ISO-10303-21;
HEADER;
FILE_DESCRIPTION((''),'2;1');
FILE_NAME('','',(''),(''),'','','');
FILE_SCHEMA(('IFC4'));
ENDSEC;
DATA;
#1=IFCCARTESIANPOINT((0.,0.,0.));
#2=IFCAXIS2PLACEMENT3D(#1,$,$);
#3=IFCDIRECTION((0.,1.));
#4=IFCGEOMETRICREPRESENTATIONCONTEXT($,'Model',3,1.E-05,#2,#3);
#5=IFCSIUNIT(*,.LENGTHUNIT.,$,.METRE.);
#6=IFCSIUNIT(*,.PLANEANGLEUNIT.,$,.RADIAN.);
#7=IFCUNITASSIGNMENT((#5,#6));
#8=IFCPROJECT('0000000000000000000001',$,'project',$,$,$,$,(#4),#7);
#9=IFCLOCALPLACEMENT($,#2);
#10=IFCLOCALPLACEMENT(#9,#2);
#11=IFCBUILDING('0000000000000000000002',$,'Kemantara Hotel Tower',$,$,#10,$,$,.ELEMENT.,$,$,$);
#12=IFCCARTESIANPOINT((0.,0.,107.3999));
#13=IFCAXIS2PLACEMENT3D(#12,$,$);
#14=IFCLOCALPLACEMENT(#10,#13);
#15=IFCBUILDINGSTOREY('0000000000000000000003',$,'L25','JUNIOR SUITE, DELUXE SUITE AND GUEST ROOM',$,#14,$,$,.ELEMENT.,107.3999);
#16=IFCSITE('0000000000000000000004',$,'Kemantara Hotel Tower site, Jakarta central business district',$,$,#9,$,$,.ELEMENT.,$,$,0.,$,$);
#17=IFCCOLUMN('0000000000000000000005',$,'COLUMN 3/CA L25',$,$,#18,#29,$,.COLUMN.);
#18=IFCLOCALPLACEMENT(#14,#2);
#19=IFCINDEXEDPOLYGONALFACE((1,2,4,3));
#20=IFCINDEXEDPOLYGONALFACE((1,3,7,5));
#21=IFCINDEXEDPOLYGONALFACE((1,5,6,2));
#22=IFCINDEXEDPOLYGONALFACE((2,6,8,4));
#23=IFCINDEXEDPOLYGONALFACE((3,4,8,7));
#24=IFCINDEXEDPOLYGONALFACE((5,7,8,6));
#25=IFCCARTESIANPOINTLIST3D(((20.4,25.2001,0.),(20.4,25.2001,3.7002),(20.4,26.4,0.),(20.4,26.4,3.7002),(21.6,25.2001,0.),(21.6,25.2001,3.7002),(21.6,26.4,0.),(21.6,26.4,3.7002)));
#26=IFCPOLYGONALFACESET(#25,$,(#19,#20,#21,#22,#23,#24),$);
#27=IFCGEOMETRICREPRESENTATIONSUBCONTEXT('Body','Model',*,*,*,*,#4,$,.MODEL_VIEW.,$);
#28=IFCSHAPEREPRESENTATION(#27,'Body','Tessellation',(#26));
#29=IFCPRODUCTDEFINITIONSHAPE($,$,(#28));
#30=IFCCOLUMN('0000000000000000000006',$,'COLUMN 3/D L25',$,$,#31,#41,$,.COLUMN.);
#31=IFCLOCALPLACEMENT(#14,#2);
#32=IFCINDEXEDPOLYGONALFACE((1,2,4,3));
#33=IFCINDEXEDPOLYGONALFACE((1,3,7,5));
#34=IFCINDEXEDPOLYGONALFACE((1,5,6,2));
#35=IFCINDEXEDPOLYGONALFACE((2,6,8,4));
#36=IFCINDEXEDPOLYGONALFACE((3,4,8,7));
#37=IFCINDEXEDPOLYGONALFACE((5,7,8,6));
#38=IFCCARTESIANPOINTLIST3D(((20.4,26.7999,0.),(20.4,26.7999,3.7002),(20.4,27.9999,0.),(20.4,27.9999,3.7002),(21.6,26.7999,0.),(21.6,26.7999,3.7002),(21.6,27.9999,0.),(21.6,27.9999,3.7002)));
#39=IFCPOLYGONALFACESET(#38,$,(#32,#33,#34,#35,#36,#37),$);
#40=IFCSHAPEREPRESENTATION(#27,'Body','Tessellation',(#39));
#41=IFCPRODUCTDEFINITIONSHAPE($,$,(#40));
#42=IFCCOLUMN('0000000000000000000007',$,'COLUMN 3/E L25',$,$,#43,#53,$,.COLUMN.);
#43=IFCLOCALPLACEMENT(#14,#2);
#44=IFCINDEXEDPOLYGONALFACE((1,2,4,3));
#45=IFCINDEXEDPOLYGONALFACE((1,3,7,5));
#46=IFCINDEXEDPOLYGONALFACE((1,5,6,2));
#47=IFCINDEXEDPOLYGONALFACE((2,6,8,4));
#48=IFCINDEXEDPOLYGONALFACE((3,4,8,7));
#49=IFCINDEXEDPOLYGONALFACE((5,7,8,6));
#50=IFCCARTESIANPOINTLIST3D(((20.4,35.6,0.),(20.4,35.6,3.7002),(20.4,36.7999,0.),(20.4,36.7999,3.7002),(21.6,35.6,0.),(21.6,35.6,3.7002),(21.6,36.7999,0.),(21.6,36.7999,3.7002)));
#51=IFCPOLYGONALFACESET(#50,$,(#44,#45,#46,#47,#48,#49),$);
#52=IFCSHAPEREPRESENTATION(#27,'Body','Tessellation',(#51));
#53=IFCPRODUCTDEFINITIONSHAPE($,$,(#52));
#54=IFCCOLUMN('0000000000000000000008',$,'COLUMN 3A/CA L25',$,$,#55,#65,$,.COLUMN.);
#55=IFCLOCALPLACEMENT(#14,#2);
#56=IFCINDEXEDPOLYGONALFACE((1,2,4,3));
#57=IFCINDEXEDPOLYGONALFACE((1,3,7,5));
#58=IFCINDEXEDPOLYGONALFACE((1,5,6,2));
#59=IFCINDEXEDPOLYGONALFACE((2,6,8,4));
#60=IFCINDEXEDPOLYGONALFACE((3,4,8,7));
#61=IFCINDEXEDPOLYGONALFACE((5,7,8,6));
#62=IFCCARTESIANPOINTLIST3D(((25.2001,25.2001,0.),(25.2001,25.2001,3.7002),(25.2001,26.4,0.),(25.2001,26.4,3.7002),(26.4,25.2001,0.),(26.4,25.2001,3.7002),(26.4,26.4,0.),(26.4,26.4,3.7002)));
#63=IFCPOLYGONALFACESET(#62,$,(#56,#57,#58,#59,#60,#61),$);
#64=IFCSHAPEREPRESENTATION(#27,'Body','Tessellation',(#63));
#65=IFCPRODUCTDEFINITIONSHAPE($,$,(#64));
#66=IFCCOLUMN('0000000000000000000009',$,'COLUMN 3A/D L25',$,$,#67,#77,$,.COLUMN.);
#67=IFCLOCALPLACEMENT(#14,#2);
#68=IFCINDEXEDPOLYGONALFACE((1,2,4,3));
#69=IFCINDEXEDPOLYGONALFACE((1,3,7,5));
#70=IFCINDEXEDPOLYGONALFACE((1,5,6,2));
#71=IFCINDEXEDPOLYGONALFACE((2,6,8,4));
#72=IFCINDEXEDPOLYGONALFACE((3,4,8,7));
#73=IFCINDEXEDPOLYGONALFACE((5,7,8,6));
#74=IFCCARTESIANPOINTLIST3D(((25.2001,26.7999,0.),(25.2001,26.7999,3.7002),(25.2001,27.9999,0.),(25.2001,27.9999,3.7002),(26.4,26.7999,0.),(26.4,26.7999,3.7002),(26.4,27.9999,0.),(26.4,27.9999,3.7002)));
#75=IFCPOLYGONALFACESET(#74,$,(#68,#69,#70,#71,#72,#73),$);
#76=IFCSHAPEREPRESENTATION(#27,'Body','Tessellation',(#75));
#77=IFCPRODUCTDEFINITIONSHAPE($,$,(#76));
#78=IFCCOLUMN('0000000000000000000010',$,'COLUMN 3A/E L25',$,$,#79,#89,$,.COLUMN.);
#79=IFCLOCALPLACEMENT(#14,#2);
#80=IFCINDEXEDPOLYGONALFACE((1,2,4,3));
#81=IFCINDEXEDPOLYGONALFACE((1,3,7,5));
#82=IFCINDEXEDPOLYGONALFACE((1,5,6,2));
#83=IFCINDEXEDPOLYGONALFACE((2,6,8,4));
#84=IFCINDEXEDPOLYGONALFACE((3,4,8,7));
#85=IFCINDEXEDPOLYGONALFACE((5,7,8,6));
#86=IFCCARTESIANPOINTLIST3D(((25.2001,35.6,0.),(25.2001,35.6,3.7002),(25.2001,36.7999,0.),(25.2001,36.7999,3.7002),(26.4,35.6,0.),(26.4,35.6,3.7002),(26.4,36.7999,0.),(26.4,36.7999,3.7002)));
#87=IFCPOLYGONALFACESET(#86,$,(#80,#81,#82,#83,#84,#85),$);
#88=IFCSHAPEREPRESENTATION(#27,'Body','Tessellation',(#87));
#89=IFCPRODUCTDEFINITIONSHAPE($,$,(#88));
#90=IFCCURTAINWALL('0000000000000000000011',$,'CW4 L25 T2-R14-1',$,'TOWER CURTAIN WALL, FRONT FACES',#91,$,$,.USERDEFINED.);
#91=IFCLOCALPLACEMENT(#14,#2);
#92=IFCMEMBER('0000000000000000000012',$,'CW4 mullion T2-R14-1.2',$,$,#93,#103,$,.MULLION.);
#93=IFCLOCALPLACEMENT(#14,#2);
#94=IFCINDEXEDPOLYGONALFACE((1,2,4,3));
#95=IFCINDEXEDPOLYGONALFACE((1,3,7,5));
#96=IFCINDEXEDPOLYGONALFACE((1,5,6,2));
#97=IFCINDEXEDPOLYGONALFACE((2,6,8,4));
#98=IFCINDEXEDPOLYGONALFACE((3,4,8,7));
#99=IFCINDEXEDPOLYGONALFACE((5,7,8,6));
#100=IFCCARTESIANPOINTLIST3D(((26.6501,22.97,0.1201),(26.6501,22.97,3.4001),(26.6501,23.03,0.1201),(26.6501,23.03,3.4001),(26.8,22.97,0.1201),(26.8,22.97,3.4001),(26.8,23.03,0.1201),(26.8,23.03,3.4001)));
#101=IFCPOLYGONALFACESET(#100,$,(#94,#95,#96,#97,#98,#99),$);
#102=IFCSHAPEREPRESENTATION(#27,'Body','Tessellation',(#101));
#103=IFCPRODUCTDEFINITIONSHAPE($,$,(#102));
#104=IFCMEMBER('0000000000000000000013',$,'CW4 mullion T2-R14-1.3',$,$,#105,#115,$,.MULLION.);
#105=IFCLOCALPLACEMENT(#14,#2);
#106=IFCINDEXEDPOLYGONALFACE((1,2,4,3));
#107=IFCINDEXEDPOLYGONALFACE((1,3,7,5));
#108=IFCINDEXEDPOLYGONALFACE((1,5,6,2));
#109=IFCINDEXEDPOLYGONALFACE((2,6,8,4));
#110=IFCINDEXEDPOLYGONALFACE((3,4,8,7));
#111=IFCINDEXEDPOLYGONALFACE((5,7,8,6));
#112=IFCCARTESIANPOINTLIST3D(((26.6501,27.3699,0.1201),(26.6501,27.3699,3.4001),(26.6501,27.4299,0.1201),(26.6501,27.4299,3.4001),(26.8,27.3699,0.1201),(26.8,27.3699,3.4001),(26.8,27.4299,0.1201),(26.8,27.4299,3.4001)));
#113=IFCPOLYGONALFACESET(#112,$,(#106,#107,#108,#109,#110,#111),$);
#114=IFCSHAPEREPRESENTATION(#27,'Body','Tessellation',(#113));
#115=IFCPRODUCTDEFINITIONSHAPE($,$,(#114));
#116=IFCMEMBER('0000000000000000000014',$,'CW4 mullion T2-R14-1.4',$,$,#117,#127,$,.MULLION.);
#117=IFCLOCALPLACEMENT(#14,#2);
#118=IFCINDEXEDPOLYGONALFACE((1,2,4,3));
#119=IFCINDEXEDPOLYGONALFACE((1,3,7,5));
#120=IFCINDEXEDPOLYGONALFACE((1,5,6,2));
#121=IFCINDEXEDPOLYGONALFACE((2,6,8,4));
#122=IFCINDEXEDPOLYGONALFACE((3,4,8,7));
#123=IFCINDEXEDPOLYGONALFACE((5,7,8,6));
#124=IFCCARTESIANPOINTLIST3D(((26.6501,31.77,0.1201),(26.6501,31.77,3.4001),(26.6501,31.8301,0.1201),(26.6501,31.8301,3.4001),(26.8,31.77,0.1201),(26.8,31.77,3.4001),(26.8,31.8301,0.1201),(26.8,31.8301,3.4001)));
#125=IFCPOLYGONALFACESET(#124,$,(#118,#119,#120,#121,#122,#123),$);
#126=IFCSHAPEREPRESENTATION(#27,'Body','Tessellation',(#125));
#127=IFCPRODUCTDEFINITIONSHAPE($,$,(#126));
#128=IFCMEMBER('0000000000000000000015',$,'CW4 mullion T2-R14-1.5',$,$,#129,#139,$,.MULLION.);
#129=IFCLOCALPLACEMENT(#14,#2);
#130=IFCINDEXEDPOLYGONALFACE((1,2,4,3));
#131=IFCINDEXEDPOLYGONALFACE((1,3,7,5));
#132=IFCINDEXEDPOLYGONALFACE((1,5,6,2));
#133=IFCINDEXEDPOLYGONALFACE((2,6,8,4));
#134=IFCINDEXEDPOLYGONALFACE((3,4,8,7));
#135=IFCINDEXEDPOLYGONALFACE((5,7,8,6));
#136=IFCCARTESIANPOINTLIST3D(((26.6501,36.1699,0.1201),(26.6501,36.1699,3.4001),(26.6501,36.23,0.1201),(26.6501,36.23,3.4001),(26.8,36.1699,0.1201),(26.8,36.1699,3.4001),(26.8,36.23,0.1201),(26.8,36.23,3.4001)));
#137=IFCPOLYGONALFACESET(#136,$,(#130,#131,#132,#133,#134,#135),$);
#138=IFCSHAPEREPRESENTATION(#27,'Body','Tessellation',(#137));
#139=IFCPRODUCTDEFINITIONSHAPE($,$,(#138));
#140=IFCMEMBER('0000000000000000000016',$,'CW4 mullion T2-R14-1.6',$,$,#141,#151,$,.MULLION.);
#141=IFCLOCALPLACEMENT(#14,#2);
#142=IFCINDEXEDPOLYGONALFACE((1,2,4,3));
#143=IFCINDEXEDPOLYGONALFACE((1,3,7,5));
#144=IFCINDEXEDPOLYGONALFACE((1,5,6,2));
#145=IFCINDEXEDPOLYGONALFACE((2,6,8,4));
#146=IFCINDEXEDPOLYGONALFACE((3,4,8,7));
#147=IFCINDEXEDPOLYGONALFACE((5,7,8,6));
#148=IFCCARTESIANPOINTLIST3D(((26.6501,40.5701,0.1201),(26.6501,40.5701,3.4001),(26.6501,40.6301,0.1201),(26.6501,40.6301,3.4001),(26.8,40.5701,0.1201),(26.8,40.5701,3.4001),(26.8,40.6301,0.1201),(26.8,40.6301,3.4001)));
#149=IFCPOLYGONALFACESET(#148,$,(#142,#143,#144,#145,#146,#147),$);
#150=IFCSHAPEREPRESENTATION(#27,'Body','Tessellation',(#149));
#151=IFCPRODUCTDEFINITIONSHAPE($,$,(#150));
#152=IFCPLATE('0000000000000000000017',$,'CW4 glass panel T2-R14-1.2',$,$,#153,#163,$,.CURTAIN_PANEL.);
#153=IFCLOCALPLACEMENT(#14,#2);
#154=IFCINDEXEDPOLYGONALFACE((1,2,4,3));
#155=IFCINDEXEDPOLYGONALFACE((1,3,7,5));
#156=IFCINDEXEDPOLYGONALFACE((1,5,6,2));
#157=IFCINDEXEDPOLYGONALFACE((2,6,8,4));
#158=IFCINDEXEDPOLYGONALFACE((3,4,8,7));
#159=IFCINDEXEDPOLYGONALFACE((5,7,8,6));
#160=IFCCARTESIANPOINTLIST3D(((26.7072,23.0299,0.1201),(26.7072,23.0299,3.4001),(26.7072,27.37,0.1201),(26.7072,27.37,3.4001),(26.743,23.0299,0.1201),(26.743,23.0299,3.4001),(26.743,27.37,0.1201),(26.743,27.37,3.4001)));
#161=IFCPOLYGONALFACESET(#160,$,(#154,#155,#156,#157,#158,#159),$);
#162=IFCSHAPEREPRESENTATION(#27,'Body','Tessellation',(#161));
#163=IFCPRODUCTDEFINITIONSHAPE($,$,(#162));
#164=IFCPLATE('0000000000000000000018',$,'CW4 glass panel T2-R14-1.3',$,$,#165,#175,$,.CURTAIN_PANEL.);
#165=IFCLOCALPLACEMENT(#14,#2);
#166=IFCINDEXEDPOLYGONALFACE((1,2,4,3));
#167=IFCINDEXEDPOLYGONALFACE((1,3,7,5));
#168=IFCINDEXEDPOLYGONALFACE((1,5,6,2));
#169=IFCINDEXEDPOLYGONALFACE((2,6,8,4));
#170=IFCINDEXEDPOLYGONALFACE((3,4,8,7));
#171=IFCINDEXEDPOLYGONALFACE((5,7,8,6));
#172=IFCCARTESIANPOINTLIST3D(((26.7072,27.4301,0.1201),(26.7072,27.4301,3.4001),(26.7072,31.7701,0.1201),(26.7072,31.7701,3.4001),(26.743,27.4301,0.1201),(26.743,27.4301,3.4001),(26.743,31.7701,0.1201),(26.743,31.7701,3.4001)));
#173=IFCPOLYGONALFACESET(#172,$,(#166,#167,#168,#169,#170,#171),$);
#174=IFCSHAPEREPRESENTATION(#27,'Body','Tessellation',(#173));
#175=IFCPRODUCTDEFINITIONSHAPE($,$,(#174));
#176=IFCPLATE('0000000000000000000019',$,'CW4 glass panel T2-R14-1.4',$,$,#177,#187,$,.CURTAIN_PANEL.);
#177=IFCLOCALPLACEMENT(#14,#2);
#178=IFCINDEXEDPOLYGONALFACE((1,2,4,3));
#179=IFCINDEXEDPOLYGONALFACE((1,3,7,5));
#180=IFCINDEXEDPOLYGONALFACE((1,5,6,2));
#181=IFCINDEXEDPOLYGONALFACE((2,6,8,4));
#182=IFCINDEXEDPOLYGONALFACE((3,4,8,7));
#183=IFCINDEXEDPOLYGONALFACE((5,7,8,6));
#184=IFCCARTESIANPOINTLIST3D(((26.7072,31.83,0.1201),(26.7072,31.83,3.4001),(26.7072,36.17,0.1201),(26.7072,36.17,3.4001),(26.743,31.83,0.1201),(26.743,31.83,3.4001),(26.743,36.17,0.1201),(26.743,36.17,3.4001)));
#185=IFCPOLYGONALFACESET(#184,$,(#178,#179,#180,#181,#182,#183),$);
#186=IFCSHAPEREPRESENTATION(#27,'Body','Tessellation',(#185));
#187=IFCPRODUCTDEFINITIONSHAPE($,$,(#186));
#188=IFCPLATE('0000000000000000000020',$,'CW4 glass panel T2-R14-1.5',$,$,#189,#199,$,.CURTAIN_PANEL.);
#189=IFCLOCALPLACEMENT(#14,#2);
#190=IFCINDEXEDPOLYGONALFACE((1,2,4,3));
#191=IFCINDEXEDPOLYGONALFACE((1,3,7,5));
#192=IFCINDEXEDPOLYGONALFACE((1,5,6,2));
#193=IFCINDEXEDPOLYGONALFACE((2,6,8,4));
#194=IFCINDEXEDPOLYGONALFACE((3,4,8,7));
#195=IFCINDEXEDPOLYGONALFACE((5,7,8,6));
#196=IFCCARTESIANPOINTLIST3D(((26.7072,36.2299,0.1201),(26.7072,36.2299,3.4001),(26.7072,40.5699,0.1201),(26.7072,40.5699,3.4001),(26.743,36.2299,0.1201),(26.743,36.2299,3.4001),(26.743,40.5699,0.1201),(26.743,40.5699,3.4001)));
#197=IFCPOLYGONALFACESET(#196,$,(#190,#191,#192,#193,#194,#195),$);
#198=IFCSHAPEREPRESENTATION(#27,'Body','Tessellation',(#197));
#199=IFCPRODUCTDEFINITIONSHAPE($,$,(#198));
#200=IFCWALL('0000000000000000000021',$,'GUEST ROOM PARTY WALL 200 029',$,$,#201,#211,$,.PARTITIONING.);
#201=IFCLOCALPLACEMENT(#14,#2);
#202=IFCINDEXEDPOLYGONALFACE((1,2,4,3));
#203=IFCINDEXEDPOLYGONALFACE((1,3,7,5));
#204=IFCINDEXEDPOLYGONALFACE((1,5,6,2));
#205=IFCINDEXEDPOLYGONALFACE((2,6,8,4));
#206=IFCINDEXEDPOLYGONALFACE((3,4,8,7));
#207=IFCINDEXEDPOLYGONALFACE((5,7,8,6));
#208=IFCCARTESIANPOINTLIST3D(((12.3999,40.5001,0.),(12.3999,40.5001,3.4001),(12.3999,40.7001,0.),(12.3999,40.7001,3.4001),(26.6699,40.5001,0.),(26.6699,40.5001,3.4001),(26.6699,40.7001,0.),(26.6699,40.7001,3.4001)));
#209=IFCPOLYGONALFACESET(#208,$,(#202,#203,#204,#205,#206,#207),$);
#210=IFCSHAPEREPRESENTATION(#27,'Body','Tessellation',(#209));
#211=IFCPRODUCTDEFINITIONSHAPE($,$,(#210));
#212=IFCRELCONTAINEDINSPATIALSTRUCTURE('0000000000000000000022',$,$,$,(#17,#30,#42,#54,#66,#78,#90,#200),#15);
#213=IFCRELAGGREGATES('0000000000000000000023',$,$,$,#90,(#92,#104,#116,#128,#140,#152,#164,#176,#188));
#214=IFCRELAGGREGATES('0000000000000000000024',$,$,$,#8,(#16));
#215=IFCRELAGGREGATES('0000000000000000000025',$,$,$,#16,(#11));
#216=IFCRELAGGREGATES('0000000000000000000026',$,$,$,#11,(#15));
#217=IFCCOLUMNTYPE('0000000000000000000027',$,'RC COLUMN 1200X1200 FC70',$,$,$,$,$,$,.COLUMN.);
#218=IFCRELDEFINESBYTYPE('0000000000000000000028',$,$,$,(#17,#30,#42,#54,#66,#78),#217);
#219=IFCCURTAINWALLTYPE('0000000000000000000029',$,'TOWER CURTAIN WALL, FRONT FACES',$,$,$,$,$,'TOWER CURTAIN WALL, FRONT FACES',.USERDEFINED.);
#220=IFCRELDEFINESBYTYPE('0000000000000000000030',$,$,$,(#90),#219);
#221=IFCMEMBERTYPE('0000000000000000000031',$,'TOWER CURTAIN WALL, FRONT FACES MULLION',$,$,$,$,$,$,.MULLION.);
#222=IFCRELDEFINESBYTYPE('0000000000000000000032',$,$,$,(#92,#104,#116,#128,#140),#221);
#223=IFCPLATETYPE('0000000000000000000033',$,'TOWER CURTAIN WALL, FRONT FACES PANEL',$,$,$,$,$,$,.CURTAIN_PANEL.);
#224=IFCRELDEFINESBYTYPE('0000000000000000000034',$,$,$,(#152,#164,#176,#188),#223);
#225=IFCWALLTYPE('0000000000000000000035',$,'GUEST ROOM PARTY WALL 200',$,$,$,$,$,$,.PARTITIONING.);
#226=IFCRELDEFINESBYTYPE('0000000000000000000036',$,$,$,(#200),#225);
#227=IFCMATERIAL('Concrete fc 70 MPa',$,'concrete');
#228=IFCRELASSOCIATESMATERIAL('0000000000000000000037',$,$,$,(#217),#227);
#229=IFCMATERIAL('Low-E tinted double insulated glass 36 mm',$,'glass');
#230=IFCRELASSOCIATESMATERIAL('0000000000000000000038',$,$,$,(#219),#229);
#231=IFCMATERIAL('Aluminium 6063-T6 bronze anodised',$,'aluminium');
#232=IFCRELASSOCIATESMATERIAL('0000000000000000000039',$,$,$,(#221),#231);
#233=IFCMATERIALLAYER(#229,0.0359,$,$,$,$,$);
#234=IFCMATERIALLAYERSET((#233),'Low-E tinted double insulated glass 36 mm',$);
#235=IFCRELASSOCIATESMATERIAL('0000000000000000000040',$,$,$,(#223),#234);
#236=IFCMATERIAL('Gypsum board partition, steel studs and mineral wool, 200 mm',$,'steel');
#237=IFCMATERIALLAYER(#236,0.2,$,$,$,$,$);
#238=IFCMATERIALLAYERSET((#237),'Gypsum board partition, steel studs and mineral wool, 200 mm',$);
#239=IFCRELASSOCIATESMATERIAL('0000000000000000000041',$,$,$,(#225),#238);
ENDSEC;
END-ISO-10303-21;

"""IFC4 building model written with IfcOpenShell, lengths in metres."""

from ifc_helpers import new_model, si_unit, direction, frame, frame_2d, origin, origin_2d, place, context, subcontext, project, spatial, rectangle, extrude, source, transform, mapped, material, layer, layer_set, material_profile, profile_set, type_object, element, aggregate, save


model = new_model("IFC4")

# Units and contexts
model_context = context("Model", 3, precision=1e-05, world=origin(), true_north=direction((0.0, 1.0)))
body_context = subcontext(model_context, "Body", "Model", "MODEL_VIEW")
ifc_project = project(units=[si_unit("LENGTHUNIT", "METRE"), si_unit("PLANEANGLEUNIT", "RADIAN")], contexts=[model_context])

# Site, building, storey
site_placement = place(None, origin())
site = spatial("IfcSite", under=ifc_project, at=site_placement, Name="Kemantara Hotel Tower site, Jakarta central business district", CompositionType="ELEMENT", RefElevation=0.0)
building_placement = place(site_placement, origin())
building = spatial("IfcBuilding", under=site, at=building_placement, Name="Kemantara Hotel Tower", CompositionType="ELEMENT")
storey_placement = place(building_placement, frame((0.0, 0.0, 107.3999)))
storey = spatial("IfcBuildingStorey", under=building, at=storey_placement, Name="L25", Description="JUNIOR SUITE, DELUXE SUITE AND GUEST ROOM", CompositionType="ELEMENT", Elevation=107.3999)

# Columns
ifc_material_1 = material(Name="Concrete fc 70 MPa", Category="concrete")
ifc_material_profile_1 = material_profile(ifc_material_1, rectangle(XDim=1.2, YDim=1.2, at=origin_2d()), Name="RC 1200X1200")
ifc_profile_set_1 = profile_set([ifc_material_profile_1], Name="Concrete fc 70 MPa")
column_type = type_object("IfcColumnType", Name="RC COLUMN 1200X1200 FC70", PredefinedType="COLUMN", material=ifc_profile_set_1)
for number, where, z_axis, x_axis, name in (
    (1, (21.0, 25.8, 0.0), (0.0, 0.0, 1.0), (1.0, 0.0, 0.0), "COLUMN 3/CA L25"),
    (2, (21.0, 27.3999, 0.0), (0.0, 0.0, 1.0), (1.0, 0.0, 0.0), "COLUMN 3/D L25"),
    (3, (21.0, 36.2, 0.0), (0.0, 0.0, 1.0), (1.0, 0.0, 0.0), "COLUMN 3/E L25"),
    (4, (25.8, 25.8, 0.0), (0.0, 0.0, 1.0), (1.0, 0.0, 0.0), "COLUMN 3A/CA L25"),
    (5, (25.8, 27.3999, 0.0), (0.0, 0.0, 1.0), (1.0, 0.0, 0.0), "COLUMN 3A/D L25"),
    (6, (25.8, 36.2, 0.0), (0.0, 0.0, 1.0), (1.0, 0.0, 0.0), "COLUMN 3A/E L25"),
):
    element("IfcColumn", number, at=place(storey_placement, frame(where, z_axis=z_axis, x_axis=x_axis)), inside=storey, type_object=column_type, Name=name, PredefinedType="COLUMN", context=body_context, shape_type="SweptSolid", body=[
        extrude(rectangle(XDim=1.2, YDim=1.2, at=origin_2d()), origin(), (0.0, 0.0, 1.0), 3.7002),
    ])

# Curtain wall, members, plates
ifc_material_2 = material(Name="Low-E tinted double insulated glass 36 mm", Category="glass")
curtain_wall_type = type_object("IfcCurtainWallType", Name="TOWER CURTAIN WALL, FRONT FACES", ElementType="TOWER CURTAIN WALL, FRONT FACES", PredefinedType="USERDEFINED", material=ifc_material_2)
curtain_wall_placement = place(storey_placement, origin())
curtain_wall = element("IfcCurtainWall", 7, at=curtain_wall_placement, inside=storey, type_object=curtain_wall_type, Name="CW4 L25 T2-R14-1", ObjectType="TOWER CURTAIN WALL, FRONT FACES", PredefinedType="USERDEFINED")
ifc_material_3 = material(Name="Aluminium 6063-T6 bronze anodised", Category="aluminium")
ifc_material_profile_2 = material_profile(ifc_material_3, rectangle(XDim=0.1499, YDim=0.0601, at=origin_2d()), Name="TOWER CURTAIN WALL, FRONT FACES MULLION")
ifc_profile_set_2 = profile_set([ifc_material_profile_2], Name="Aluminium 6063-T6 bronze anodised")
member_type = type_object("IfcMemberType", Name="TOWER CURTAIN WALL, FRONT FACES MULLION", PredefinedType="MULLION", material=ifc_profile_set_2)
shared_shape_1 = source(origin(), body_context, "Body", "SweptSolid", [
    extrude(rectangle(XDim=0.1499, YDim=0.0601, at=origin_2d()), origin(), (0.0, 0.0, 1.0), 3.28),
])
member_1_placement = place(storey_placement, frame((26.7251, 23.0, 0.1201), z_axis=(0.0, 0.0, 1.0), x_axis=(-1.0, 0.0, 0.0)))
member_1 = element("IfcMember", 8, at=member_1_placement, type_object=member_type, Name="CW4 mullion T2-R14-1.2", PredefinedType="MULLION", context=body_context, shape_type="MappedRepresentation", body=[
    mapped(shared_shape_1, transform((0.0, 0.0, 0.0))),
])
member_2_placement = place(storey_placement, frame((26.7251, 27.3999, 0.1201), z_axis=(0.0, 0.0, 1.0), x_axis=(-1.0, 0.0, 0.0)))
member_2 = element("IfcMember", 9, at=member_2_placement, type_object=member_type, Name="CW4 mullion T2-R14-1.3", PredefinedType="MULLION", context=body_context, shape_type="MappedRepresentation", body=[
    mapped(shared_shape_1, transform((0.0, 0.0, 0.0))),
])
member_3_placement = place(storey_placement, frame((26.7251, 31.8, 0.1201), z_axis=(0.0, 0.0, 1.0), x_axis=(-1.0, 0.0, 0.0)))
member_3 = element("IfcMember", 10, at=member_3_placement, type_object=member_type, Name="CW4 mullion T2-R14-1.4", PredefinedType="MULLION", context=body_context, shape_type="MappedRepresentation", body=[
    mapped(shared_shape_1, transform((0.0, 0.0, 0.0))),
])
member_4_placement = place(storey_placement, frame((26.7251, 36.2, 0.1201), z_axis=(0.0, 0.0, 1.0), x_axis=(-1.0, 0.0, 0.0)))
member_4 = element("IfcMember", 11, at=member_4_placement, type_object=member_type, Name="CW4 mullion T2-R14-1.5", PredefinedType="MULLION", context=body_context, shape_type="MappedRepresentation", body=[
    mapped(shared_shape_1, transform((0.0, 0.0, 0.0))),
])
member_5_placement = place(storey_placement, frame((26.7251, 40.6001, 0.1201), z_axis=(0.0, 0.0, 1.0), x_axis=(-1.0, 0.0, 0.0)))
member_5 = element("IfcMember", 12, at=member_5_placement, type_object=member_type, Name="CW4 mullion T2-R14-1.6", PredefinedType="MULLION", context=body_context, shape_type="MappedRepresentation", body=[
    mapped(shared_shape_1, transform((0.0, 0.0, 0.0))),
])
ifc_layer_1 = layer(ifc_material_2, 0.0359)
ifc_layer_set_1 = layer_set([ifc_layer_1], Name="Low-E tinted double insulated glass 36 mm")
plate_type = type_object("IfcPlateType", Name="TOWER CURTAIN WALL, FRONT FACES PANEL", PredefinedType="CURTAIN_PANEL", material=ifc_layer_set_1)
shared_shape_2 = source(origin(), body_context, "Body", "SweptSolid", [
    extrude(rectangle(XDim=4.3401, YDim=0.0359, at=origin_2d()), origin(), (0.0, 0.0, 1.0), 3.28),
])
plate_1_placement = place(storey_placement, frame((26.7251, 25.2, 0.1201), z_axis=(0.0, 0.0, 1.0), x_axis=(0.0, 1.0, 0.0)))
plate_1 = element("IfcPlate", 13, at=plate_1_placement, type_object=plate_type, Name="CW4 glass panel T2-R14-1.2", PredefinedType="CURTAIN_PANEL", context=body_context, shape_type="MappedRepresentation", body=[
    mapped(shared_shape_2, transform((0.0, 0.0, 0.0))),
])
plate_2_placement = place(storey_placement, frame((26.7251, 29.6001, 0.1201), z_axis=(0.0, 0.0, 1.0), x_axis=(0.0, 1.0, 0.0)))
plate_2 = element("IfcPlate", 14, at=plate_2_placement, type_object=plate_type, Name="CW4 glass panel T2-R14-1.3", PredefinedType="CURTAIN_PANEL", context=body_context, shape_type="MappedRepresentation", body=[
    mapped(shared_shape_2, transform((0.0, 0.0, 0.0))),
])
plate_3_placement = place(storey_placement, frame((26.7251, 34.0, 0.1201), z_axis=(0.0, 0.0, 1.0), x_axis=(0.0, 1.0, 0.0)))
plate_3 = element("IfcPlate", 15, at=plate_3_placement, type_object=plate_type, Name="CW4 glass panel T2-R14-1.4", PredefinedType="CURTAIN_PANEL", context=body_context, shape_type="MappedRepresentation", body=[
    mapped(shared_shape_2, transform((0.0, 0.0, 0.0))),
])
plate_4_placement = place(storey_placement, frame((26.7251, 38.3999, 0.1201), z_axis=(0.0, 0.0, 1.0), x_axis=(0.0, 1.0, 0.0)))
plate_4 = element("IfcPlate", 16, at=plate_4_placement, type_object=plate_type, Name="CW4 glass panel T2-R14-1.5", PredefinedType="CURTAIN_PANEL", context=body_context, shape_type="MappedRepresentation", body=[
    mapped(shared_shape_2, transform((0.0, 0.0, 0.0))),
])
aggregate(curtain_wall, [member_1, member_2, member_3, member_4, member_5, plate_1, plate_2, plate_3, plate_4])

# Wall
ifc_material_4 = material(Name="Gypsum board partition, steel studs and mineral wool, 200 mm", Category="steel")
ifc_layer_2 = layer(ifc_material_4, 0.2)
ifc_layer_set_2 = layer_set([ifc_layer_2], Name="Gypsum board partition, steel studs and mineral wool, 200 mm")
wall_type_1 = type_object("IfcWallType", Name="GUEST ROOM PARTY WALL 200", PredefinedType="PARTITIONING", material=ifc_layer_set_2)
wall_1_placement = place(storey_placement, frame((12.3999, 40.6001, 0.0), z_axis=(0.0, 0.0, 1.0), x_axis=(1.0, 0.0, 0.0)))
element("IfcWall", 17, at=wall_1_placement, inside=storey, type_object=wall_type_1, Name="GUEST ROOM PARTY WALL 200 029", PredefinedType="PARTITIONING", context=body_context, shape_type="SweptSolid", body=[
    extrude(rectangle(XDim=14.27, YDim=0.2, at=frame_2d((7.135, 0.0))), origin(), (0.0, 0.0, 1.0), 3.4001),
])

save(model, "model.ifc")
